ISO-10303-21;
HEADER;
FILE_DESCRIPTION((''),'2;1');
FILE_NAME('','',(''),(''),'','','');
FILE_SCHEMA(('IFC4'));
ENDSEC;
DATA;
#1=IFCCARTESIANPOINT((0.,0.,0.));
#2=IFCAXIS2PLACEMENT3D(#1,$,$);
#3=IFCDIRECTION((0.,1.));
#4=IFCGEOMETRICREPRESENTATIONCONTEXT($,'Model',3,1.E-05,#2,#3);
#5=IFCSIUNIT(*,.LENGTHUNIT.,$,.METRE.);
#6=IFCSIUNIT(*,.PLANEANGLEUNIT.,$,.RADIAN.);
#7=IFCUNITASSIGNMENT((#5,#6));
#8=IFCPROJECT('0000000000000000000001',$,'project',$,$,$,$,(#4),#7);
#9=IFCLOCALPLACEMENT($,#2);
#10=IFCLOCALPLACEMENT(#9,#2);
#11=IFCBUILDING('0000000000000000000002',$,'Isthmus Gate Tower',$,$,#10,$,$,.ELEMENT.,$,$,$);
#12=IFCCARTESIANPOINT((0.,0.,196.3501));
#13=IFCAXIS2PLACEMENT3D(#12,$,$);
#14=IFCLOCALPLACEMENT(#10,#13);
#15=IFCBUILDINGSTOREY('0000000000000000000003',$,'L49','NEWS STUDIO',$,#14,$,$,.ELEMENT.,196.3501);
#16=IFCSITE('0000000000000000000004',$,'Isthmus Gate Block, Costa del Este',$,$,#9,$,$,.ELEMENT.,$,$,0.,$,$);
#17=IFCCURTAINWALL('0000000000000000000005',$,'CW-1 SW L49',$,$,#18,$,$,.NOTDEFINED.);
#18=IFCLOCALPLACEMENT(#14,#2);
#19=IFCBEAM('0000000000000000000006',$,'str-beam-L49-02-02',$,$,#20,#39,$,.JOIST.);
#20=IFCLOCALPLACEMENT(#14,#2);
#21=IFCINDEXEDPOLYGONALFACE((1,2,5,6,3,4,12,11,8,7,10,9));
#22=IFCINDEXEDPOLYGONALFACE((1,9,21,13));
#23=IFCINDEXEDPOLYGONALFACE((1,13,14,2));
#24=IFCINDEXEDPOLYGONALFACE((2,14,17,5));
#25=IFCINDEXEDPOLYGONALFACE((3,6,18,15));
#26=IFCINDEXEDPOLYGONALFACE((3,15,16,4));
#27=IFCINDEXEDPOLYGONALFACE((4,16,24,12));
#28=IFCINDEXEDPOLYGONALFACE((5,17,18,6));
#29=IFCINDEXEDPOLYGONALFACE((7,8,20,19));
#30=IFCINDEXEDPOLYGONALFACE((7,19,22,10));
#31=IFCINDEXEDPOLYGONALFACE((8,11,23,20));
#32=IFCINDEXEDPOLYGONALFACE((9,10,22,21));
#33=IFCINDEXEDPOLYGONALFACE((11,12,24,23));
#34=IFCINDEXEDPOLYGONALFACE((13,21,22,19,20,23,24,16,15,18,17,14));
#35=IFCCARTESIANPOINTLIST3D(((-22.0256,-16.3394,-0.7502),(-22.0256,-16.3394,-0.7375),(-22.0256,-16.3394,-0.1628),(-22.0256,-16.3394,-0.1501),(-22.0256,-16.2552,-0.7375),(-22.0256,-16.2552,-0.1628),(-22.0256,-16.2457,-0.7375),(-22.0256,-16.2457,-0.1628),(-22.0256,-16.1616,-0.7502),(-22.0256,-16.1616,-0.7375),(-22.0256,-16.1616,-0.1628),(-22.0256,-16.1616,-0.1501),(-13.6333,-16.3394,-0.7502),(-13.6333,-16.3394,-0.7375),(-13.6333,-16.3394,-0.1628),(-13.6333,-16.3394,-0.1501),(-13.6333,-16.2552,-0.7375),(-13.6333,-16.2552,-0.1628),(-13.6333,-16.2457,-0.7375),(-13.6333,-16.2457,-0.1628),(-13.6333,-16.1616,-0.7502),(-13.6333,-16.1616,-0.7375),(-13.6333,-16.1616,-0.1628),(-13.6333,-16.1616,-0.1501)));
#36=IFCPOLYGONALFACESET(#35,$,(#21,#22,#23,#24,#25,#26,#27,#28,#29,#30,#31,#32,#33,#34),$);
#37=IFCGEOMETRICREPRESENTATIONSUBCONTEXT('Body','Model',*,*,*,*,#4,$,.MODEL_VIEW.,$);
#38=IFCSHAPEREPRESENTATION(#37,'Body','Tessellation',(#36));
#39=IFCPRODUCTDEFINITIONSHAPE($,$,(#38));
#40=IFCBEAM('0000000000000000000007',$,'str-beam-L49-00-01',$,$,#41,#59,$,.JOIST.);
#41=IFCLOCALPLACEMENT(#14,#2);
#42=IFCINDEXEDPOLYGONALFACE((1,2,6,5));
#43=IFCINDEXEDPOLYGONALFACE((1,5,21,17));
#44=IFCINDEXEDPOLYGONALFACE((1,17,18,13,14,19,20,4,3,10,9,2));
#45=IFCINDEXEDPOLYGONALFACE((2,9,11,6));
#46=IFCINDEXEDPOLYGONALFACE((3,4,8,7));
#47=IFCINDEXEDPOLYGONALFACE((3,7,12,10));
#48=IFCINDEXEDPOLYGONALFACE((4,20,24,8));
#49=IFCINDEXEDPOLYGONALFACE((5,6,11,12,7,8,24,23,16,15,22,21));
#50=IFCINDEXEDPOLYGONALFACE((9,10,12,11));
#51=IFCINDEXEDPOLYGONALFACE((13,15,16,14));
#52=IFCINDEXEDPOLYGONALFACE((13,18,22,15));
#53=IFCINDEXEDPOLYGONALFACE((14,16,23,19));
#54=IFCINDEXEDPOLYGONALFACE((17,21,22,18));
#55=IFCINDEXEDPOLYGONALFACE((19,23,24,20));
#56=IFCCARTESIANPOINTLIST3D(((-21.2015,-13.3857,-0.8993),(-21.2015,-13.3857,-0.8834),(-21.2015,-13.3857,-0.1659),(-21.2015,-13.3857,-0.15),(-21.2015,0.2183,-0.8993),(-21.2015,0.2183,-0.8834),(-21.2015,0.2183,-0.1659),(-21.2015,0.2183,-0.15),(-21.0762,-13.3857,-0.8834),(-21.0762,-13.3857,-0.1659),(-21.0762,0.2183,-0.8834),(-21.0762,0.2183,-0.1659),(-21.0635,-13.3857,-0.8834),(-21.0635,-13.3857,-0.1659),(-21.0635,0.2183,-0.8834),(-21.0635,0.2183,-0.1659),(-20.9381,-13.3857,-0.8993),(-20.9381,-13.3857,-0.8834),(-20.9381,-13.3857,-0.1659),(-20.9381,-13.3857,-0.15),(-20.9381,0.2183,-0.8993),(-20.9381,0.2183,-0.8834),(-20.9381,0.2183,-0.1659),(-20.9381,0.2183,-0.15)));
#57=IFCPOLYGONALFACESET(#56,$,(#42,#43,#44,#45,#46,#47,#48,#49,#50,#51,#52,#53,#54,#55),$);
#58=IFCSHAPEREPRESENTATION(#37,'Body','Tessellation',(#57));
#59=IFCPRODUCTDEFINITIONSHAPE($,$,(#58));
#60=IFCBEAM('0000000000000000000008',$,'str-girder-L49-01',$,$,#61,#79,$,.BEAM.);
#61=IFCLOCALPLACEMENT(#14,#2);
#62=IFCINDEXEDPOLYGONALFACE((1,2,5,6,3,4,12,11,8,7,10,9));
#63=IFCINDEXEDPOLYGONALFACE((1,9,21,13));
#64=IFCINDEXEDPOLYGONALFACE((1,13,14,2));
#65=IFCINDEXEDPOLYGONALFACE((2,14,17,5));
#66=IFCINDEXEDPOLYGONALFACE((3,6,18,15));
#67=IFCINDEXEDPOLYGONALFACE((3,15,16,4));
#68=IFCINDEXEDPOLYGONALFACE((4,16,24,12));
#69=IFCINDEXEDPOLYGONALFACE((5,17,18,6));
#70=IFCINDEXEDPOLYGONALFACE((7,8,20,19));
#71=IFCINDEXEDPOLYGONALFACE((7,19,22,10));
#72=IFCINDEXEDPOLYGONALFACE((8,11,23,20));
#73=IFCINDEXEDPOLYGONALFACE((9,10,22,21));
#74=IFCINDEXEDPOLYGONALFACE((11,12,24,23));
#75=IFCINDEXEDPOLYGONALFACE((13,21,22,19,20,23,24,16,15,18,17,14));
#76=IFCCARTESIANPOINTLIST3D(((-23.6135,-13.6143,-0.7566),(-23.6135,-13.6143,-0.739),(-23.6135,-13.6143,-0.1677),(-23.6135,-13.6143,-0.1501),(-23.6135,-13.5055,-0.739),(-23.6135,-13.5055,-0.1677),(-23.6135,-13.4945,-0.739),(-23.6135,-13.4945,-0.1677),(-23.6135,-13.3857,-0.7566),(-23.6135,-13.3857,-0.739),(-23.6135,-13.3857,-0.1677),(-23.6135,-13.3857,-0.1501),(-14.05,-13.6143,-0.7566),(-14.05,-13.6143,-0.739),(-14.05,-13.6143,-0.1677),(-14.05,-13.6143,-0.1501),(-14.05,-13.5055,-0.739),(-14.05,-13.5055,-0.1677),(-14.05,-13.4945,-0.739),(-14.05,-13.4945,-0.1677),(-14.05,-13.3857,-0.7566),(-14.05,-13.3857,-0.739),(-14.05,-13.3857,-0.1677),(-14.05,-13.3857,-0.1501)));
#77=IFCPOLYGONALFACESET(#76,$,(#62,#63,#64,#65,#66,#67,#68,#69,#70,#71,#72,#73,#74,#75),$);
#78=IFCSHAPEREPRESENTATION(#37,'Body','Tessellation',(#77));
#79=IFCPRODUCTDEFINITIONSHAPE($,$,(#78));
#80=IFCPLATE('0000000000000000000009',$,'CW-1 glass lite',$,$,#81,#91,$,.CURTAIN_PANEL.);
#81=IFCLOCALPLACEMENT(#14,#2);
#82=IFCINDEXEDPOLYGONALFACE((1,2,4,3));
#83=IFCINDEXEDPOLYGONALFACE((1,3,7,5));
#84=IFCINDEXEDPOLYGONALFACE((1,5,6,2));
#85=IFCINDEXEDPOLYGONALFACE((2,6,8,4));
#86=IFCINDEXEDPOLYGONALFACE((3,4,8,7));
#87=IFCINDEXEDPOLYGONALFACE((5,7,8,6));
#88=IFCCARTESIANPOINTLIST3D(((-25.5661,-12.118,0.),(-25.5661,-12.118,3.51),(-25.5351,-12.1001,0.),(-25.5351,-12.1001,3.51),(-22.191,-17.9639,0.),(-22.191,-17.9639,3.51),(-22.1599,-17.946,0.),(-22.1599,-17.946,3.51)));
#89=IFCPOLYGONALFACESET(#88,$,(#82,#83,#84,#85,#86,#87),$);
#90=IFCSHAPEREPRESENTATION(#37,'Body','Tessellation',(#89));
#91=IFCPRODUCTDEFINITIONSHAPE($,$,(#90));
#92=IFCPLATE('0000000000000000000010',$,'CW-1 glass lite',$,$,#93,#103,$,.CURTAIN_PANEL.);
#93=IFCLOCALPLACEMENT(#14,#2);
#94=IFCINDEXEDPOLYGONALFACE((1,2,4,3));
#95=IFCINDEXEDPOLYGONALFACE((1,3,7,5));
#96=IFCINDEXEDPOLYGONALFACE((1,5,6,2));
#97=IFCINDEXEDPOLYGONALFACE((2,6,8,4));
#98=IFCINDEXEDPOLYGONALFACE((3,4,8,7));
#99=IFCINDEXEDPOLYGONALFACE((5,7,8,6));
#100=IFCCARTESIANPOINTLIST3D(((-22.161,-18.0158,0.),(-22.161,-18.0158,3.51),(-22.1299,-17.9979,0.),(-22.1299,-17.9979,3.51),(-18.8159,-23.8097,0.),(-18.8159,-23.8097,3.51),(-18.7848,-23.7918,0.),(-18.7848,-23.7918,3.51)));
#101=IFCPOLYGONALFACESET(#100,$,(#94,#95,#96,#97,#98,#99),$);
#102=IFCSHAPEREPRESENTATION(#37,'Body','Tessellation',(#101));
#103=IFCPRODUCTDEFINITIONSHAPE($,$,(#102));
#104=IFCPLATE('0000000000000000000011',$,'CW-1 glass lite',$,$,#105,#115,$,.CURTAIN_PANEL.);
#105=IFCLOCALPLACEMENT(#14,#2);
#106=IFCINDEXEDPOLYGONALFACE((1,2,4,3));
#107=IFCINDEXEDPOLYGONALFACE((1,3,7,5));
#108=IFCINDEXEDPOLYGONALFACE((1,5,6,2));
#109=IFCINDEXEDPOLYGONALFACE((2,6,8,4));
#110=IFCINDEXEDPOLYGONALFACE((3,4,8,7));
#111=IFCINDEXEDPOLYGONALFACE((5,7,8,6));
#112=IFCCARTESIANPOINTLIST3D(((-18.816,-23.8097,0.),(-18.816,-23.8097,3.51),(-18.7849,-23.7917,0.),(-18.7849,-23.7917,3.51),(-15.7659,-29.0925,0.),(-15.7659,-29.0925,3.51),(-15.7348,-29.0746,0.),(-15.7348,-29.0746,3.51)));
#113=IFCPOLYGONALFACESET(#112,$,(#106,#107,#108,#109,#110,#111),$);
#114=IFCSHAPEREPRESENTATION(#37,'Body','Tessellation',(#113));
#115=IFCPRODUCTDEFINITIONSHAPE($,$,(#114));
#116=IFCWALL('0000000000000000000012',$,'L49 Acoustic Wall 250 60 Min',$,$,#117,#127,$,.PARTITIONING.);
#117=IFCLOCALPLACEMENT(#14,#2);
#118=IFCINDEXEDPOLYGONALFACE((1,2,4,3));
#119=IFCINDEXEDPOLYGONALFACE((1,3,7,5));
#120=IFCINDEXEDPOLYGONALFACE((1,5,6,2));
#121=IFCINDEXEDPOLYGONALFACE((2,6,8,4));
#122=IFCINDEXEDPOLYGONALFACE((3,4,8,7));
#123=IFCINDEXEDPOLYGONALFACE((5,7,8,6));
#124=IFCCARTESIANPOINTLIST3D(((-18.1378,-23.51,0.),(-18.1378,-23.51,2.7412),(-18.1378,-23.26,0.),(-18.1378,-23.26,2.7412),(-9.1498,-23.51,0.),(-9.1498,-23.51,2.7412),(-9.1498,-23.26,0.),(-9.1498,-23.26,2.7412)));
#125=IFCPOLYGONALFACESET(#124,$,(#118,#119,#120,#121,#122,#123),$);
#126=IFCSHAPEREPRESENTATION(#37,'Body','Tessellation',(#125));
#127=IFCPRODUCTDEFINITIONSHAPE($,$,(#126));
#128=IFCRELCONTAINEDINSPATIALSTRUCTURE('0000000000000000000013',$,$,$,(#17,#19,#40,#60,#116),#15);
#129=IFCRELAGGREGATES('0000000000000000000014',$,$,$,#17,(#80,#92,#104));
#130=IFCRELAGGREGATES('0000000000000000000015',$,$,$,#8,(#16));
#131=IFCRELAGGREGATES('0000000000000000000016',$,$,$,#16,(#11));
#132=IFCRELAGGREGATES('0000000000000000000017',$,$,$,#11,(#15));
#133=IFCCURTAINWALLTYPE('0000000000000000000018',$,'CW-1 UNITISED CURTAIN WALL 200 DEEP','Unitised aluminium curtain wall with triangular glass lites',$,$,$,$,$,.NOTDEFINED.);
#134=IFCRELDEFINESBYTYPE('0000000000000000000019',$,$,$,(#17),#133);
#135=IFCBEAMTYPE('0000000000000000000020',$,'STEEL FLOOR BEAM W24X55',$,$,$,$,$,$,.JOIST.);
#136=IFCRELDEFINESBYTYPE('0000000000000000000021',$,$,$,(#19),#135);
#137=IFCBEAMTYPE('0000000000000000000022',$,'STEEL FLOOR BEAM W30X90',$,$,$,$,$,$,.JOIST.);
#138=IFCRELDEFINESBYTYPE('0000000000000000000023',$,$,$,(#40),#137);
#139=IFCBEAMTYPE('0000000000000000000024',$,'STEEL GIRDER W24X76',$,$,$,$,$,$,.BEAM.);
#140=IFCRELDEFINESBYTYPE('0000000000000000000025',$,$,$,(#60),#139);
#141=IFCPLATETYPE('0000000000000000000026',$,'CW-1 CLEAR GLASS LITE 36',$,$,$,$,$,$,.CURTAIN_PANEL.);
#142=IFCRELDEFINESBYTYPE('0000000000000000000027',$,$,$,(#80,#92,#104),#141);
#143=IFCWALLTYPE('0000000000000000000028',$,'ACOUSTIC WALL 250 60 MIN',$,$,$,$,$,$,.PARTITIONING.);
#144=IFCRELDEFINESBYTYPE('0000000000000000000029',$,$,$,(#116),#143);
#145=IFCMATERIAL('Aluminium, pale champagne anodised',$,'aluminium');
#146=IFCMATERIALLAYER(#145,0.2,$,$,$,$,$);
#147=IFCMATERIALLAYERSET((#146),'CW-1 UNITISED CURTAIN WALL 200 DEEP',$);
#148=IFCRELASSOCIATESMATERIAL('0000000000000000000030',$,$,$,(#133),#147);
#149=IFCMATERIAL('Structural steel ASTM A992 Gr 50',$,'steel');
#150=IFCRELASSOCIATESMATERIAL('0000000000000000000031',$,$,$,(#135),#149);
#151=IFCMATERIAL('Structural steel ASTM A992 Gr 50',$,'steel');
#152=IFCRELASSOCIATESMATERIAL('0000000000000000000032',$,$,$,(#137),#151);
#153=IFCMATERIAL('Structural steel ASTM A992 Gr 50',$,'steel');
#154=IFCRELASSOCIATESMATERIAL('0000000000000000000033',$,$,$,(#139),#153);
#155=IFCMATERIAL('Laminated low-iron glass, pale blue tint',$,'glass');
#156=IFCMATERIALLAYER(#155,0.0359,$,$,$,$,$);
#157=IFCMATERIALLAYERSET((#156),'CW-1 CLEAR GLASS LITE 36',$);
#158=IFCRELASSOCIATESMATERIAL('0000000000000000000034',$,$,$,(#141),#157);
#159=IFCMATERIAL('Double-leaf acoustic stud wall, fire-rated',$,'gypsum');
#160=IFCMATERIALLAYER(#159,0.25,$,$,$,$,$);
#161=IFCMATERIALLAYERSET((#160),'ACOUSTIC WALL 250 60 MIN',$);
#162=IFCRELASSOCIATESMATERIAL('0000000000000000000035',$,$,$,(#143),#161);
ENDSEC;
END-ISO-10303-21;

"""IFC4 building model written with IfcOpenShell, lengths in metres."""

from ifc_helpers import new_model, si_unit, direction, frame, frame_2d, origin, origin_2d, place, context, subcontext, project, spatial, rectangle, i_section, extrude, material, layer, layer_set, material_profile, profile_set, type_object, element, aggregate, save


model = new_model("IFC4")

# Units and contexts
model_context = context("Model", 3, precision=1e-05, world=origin(), true_north=direction((0.0, 1.0)))
body_context = subcontext(model_context, "Body", "Model", "MODEL_VIEW")
ifc_project = project(units=[si_unit("LENGTHUNIT", "METRE"), si_unit("PLANEANGLEUNIT", "RADIAN")], contexts=[model_context])

# Site, building, storey
site_placement = place(None, origin())
site = spatial("IfcSite", under=ifc_project, at=site_placement, Name="Isthmus Gate Block, Costa del Este", CompositionType="ELEMENT", RefElevation=0.0)
building_placement = place(site_placement, origin())
building = spatial("IfcBuilding", under=site, at=building_placement, Name="Isthmus Gate Tower", CompositionType="ELEMENT")
storey_placement = place(building_placement, frame((0.0, 0.0, 196.3501)))
storey = spatial("IfcBuildingStorey", under=building, at=storey_placement, Name="L49", Description="NEWS STUDIO", CompositionType="ELEMENT", Elevation=196.3501)

# Curtain wall
ifc_material_1 = material(Name="Aluminium, pale champagne anodised", Category="aluminium")
ifc_layer_1 = layer(ifc_material_1, 0.2)
ifc_layer_set_1 = layer_set([ifc_layer_1], Name="CW-1 UNITISED CURTAIN WALL 200 DEEP")
curtain_wall_type = type_object("IfcCurtainWallType", Name="CW-1 UNITISED CURTAIN WALL 200 DEEP", Description="Unitised aluminium curtain wall with triangular glass lites", PredefinedType="NOTDEFINED", material=ifc_layer_set_1)
curtain_wall_1_placement = place(storey_placement, origin())
curtain_wall_1 = element("IfcCurtainWall", 1, at=curtain_wall_1_placement, inside=storey, type_object=curtain_wall_type, Name="CW-1 SW L49", PredefinedType="NOTDEFINED")

# Beams
ifc_material_2 = material(Name="Structural steel ASTM A992 Gr 50", Category="steel")
ifc_material_profile_1 = material_profile(ifc_material_2, i_section(OverallWidth=0.1777, OverallDepth=0.6001, WebThickness=0.0095, FlangeThickness=0.0127, at=origin_2d()), Name="W24X55")
ifc_profile_set_1 = profile_set([ifc_material_profile_1], Name="Structural steel ASTM A992 Gr 50")
beam_type_1 = type_object("IfcBeamType", Name="STEEL FLOOR BEAM W24X55", PredefinedType="JOIST", material=ifc_profile_set_1)
beam_1_placement = place(storey_placement, frame((-22.0256, -16.2505, -0.4502), z_axis=(1.0, 0.0, 0.0), x_axis=(0.0, 1.0, 0.0)))
element("IfcBeam", 2, at=beam_1_placement, inside=storey, type_object=beam_type_1, Name="str-beam-L49-02-02", PredefinedType="JOIST", context=body_context, shape_type="SweptSolid", body=[
    extrude(i_section(OverallWidth=0.1777, OverallDepth=0.6001, WebThickness=0.0095, FlangeThickness=0.0127, at=origin_2d()), origin(), (0.0, 0.0, 1.0), 8.3923),
])
ifc_material_3 = material(Name="Structural steel ASTM A992 Gr 50", Category="steel")
ifc_material_profile_2 = material_profile(ifc_material_3, i_section(OverallWidth=0.2634, OverallDepth=0.7493, WebThickness=0.0127, FlangeThickness=0.0159, at=origin_2d()), Name="W30X90")
ifc_profile_set_2 = profile_set([ifc_material_profile_2], Name="Structural steel ASTM A992 Gr 50")
beam_type_2 = type_object("IfcBeamType", Name="STEEL FLOOR BEAM W30X90", PredefinedType="JOIST", material=ifc_profile_set_2)
beam_2_placement = place(storey_placement, frame((-21.0698, -13.3857, -0.5247), z_axis=(0.0, 1.0, 0.0), x_axis=(-1.0, 0.0, 0.0)))
element("IfcBeam", 3, at=beam_2_placement, inside=storey, type_object=beam_type_2, Name="str-beam-L49-00-01", PredefinedType="JOIST", context=body_context, shape_type="SweptSolid", body=[
    extrude(i_section(OverallWidth=0.2634, OverallDepth=0.7493, WebThickness=0.0127, FlangeThickness=0.0159, at=origin_2d()), origin(), (0.0, 0.0, 1.0), 13.604),
])
ifc_material_4 = material(Name="Structural steel ASTM A992 Gr 50", Category="steel")
ifc_material_profile_3 = material_profile(ifc_material_4, i_section(OverallWidth=0.2285, OverallDepth=0.6064, WebThickness=0.011, FlangeThickness=0.0176, at=origin_2d()), Name="W24X76")
ifc_profile_set_3 = profile_set([ifc_material_profile_3], Name="Structural steel ASTM A992 Gr 50")
beam_type_3 = type_object("IfcBeamType", Name="STEEL GIRDER W24X76", PredefinedType="BEAM", material=ifc_profile_set_3)
beam_3_placement = place(storey_placement, frame((-23.6135, -13.5, -0.4534), z_axis=(1.0, 0.0, 0.0), x_axis=(0.0, 1.0, 0.0)))
element("IfcBeam", 4, at=beam_3_placement, inside=storey, type_object=beam_type_3, Name="str-girder-L49-01", PredefinedType="BEAM", context=body_context, shape_type="SweptSolid", body=[
    extrude(i_section(OverallWidth=0.2285, OverallDepth=0.6064, WebThickness=0.011, FlangeThickness=0.0176, at=origin_2d()), origin(), (0.0, 0.0, 1.0), 9.5635),
])

# Plates
ifc_material_5 = material(Name="Laminated low-iron glass, pale blue tint", Category="glass")
ifc_layer_2 = layer(ifc_material_5, 0.0359)
ifc_layer_set_2 = layer_set([ifc_layer_2], Name="CW-1 CLEAR GLASS LITE 36")
plate_type = type_object("IfcPlateType", Name="CW-1 CLEAR GLASS LITE 36", PredefinedType="CURTAIN_PANEL", material=ifc_layer_set_2)
plate_1_placement = place(storey_placement, frame((-23.863, -15.032, 0.0), z_axis=(0.0, 0.0, 1.0), x_axis=(0.5, -0.866025, 0.0)))
plate_1 = element("IfcPlate", 5, at=plate_1_placement, type_object=plate_type, Name="CW-1 glass lite", PredefinedType="CURTAIN_PANEL", context=body_context, shape_type="SweptSolid", body=[
    extrude(rectangle(XDim=6.7502, YDim=0.0359, at=origin_2d()), origin(), (0.0, 0.0, 1.0), 3.51),
])
plate_2_placement = place(storey_placement, frame((-20.4729, -20.9038, 0.0), z_axis=(0.0, 0.0, 1.0), x_axis=(0.5, -0.866025, 0.0)))
plate_2 = element("IfcPlate", 6, at=plate_2_placement, type_object=plate_type, Name="CW-1 glass lite", PredefinedType="CURTAIN_PANEL", context=body_context, shape_type="SweptSolid", body=[
    extrude(rectangle(XDim=6.6902, YDim=0.0359, at=origin_2d()), origin(), (0.0, 0.0, 1.0), 3.51),
])
plate_3_placement = place(storey_placement, frame((-17.2754, -26.4421, 0.0), z_axis=(0.0, 0.0, 1.0), x_axis=(0.5, -0.866025, 0.0)))
plate_3 = element("IfcPlate", 7, at=plate_3_placement, type_object=plate_type, Name="CW-1 glass lite", PredefinedType="CURTAIN_PANEL", context=body_context, shape_type="SweptSolid", body=[
    extrude(rectangle(XDim=6.1001, YDim=0.0359, at=origin_2d()), origin(), (0.0, 0.0, 1.0), 3.51),
])
aggregate(curtain_wall_1, [plate_1, plate_2, plate_3])

# Wall
ifc_material_6 = material(Name="Double-leaf acoustic stud wall, fire-rated", Category="gypsum")
ifc_layer_3 = layer(ifc_material_6, 0.25)
ifc_layer_set_3 = layer_set([ifc_layer_3], Name="ACOUSTIC WALL 250 60 MIN")
wall_type = type_object("IfcWallType", Name="ACOUSTIC WALL 250 60 MIN", PredefinedType="PARTITIONING", material=ifc_layer_set_3)
wall_placement = place(storey_placement, frame((-18.1379, -23.385, 0.0), z_axis=(0.0, 0.0, 1.0), x_axis=(1.0, 0.0, 0.0)))
element("IfcWall", 8, at=wall_placement, inside=storey, type_object=wall_type, Name="L49 Acoustic Wall 250 60 Min", PredefinedType="PARTITIONING", context=body_context, shape_type="SweptSolid", body=[
    extrude(rectangle(XDim=8.988, YDim=0.25, at=frame_2d((4.4941, 0.0))), origin(), (0.0, 0.0, 1.0), 2.7412),
])

save(model, "model.ifc")
